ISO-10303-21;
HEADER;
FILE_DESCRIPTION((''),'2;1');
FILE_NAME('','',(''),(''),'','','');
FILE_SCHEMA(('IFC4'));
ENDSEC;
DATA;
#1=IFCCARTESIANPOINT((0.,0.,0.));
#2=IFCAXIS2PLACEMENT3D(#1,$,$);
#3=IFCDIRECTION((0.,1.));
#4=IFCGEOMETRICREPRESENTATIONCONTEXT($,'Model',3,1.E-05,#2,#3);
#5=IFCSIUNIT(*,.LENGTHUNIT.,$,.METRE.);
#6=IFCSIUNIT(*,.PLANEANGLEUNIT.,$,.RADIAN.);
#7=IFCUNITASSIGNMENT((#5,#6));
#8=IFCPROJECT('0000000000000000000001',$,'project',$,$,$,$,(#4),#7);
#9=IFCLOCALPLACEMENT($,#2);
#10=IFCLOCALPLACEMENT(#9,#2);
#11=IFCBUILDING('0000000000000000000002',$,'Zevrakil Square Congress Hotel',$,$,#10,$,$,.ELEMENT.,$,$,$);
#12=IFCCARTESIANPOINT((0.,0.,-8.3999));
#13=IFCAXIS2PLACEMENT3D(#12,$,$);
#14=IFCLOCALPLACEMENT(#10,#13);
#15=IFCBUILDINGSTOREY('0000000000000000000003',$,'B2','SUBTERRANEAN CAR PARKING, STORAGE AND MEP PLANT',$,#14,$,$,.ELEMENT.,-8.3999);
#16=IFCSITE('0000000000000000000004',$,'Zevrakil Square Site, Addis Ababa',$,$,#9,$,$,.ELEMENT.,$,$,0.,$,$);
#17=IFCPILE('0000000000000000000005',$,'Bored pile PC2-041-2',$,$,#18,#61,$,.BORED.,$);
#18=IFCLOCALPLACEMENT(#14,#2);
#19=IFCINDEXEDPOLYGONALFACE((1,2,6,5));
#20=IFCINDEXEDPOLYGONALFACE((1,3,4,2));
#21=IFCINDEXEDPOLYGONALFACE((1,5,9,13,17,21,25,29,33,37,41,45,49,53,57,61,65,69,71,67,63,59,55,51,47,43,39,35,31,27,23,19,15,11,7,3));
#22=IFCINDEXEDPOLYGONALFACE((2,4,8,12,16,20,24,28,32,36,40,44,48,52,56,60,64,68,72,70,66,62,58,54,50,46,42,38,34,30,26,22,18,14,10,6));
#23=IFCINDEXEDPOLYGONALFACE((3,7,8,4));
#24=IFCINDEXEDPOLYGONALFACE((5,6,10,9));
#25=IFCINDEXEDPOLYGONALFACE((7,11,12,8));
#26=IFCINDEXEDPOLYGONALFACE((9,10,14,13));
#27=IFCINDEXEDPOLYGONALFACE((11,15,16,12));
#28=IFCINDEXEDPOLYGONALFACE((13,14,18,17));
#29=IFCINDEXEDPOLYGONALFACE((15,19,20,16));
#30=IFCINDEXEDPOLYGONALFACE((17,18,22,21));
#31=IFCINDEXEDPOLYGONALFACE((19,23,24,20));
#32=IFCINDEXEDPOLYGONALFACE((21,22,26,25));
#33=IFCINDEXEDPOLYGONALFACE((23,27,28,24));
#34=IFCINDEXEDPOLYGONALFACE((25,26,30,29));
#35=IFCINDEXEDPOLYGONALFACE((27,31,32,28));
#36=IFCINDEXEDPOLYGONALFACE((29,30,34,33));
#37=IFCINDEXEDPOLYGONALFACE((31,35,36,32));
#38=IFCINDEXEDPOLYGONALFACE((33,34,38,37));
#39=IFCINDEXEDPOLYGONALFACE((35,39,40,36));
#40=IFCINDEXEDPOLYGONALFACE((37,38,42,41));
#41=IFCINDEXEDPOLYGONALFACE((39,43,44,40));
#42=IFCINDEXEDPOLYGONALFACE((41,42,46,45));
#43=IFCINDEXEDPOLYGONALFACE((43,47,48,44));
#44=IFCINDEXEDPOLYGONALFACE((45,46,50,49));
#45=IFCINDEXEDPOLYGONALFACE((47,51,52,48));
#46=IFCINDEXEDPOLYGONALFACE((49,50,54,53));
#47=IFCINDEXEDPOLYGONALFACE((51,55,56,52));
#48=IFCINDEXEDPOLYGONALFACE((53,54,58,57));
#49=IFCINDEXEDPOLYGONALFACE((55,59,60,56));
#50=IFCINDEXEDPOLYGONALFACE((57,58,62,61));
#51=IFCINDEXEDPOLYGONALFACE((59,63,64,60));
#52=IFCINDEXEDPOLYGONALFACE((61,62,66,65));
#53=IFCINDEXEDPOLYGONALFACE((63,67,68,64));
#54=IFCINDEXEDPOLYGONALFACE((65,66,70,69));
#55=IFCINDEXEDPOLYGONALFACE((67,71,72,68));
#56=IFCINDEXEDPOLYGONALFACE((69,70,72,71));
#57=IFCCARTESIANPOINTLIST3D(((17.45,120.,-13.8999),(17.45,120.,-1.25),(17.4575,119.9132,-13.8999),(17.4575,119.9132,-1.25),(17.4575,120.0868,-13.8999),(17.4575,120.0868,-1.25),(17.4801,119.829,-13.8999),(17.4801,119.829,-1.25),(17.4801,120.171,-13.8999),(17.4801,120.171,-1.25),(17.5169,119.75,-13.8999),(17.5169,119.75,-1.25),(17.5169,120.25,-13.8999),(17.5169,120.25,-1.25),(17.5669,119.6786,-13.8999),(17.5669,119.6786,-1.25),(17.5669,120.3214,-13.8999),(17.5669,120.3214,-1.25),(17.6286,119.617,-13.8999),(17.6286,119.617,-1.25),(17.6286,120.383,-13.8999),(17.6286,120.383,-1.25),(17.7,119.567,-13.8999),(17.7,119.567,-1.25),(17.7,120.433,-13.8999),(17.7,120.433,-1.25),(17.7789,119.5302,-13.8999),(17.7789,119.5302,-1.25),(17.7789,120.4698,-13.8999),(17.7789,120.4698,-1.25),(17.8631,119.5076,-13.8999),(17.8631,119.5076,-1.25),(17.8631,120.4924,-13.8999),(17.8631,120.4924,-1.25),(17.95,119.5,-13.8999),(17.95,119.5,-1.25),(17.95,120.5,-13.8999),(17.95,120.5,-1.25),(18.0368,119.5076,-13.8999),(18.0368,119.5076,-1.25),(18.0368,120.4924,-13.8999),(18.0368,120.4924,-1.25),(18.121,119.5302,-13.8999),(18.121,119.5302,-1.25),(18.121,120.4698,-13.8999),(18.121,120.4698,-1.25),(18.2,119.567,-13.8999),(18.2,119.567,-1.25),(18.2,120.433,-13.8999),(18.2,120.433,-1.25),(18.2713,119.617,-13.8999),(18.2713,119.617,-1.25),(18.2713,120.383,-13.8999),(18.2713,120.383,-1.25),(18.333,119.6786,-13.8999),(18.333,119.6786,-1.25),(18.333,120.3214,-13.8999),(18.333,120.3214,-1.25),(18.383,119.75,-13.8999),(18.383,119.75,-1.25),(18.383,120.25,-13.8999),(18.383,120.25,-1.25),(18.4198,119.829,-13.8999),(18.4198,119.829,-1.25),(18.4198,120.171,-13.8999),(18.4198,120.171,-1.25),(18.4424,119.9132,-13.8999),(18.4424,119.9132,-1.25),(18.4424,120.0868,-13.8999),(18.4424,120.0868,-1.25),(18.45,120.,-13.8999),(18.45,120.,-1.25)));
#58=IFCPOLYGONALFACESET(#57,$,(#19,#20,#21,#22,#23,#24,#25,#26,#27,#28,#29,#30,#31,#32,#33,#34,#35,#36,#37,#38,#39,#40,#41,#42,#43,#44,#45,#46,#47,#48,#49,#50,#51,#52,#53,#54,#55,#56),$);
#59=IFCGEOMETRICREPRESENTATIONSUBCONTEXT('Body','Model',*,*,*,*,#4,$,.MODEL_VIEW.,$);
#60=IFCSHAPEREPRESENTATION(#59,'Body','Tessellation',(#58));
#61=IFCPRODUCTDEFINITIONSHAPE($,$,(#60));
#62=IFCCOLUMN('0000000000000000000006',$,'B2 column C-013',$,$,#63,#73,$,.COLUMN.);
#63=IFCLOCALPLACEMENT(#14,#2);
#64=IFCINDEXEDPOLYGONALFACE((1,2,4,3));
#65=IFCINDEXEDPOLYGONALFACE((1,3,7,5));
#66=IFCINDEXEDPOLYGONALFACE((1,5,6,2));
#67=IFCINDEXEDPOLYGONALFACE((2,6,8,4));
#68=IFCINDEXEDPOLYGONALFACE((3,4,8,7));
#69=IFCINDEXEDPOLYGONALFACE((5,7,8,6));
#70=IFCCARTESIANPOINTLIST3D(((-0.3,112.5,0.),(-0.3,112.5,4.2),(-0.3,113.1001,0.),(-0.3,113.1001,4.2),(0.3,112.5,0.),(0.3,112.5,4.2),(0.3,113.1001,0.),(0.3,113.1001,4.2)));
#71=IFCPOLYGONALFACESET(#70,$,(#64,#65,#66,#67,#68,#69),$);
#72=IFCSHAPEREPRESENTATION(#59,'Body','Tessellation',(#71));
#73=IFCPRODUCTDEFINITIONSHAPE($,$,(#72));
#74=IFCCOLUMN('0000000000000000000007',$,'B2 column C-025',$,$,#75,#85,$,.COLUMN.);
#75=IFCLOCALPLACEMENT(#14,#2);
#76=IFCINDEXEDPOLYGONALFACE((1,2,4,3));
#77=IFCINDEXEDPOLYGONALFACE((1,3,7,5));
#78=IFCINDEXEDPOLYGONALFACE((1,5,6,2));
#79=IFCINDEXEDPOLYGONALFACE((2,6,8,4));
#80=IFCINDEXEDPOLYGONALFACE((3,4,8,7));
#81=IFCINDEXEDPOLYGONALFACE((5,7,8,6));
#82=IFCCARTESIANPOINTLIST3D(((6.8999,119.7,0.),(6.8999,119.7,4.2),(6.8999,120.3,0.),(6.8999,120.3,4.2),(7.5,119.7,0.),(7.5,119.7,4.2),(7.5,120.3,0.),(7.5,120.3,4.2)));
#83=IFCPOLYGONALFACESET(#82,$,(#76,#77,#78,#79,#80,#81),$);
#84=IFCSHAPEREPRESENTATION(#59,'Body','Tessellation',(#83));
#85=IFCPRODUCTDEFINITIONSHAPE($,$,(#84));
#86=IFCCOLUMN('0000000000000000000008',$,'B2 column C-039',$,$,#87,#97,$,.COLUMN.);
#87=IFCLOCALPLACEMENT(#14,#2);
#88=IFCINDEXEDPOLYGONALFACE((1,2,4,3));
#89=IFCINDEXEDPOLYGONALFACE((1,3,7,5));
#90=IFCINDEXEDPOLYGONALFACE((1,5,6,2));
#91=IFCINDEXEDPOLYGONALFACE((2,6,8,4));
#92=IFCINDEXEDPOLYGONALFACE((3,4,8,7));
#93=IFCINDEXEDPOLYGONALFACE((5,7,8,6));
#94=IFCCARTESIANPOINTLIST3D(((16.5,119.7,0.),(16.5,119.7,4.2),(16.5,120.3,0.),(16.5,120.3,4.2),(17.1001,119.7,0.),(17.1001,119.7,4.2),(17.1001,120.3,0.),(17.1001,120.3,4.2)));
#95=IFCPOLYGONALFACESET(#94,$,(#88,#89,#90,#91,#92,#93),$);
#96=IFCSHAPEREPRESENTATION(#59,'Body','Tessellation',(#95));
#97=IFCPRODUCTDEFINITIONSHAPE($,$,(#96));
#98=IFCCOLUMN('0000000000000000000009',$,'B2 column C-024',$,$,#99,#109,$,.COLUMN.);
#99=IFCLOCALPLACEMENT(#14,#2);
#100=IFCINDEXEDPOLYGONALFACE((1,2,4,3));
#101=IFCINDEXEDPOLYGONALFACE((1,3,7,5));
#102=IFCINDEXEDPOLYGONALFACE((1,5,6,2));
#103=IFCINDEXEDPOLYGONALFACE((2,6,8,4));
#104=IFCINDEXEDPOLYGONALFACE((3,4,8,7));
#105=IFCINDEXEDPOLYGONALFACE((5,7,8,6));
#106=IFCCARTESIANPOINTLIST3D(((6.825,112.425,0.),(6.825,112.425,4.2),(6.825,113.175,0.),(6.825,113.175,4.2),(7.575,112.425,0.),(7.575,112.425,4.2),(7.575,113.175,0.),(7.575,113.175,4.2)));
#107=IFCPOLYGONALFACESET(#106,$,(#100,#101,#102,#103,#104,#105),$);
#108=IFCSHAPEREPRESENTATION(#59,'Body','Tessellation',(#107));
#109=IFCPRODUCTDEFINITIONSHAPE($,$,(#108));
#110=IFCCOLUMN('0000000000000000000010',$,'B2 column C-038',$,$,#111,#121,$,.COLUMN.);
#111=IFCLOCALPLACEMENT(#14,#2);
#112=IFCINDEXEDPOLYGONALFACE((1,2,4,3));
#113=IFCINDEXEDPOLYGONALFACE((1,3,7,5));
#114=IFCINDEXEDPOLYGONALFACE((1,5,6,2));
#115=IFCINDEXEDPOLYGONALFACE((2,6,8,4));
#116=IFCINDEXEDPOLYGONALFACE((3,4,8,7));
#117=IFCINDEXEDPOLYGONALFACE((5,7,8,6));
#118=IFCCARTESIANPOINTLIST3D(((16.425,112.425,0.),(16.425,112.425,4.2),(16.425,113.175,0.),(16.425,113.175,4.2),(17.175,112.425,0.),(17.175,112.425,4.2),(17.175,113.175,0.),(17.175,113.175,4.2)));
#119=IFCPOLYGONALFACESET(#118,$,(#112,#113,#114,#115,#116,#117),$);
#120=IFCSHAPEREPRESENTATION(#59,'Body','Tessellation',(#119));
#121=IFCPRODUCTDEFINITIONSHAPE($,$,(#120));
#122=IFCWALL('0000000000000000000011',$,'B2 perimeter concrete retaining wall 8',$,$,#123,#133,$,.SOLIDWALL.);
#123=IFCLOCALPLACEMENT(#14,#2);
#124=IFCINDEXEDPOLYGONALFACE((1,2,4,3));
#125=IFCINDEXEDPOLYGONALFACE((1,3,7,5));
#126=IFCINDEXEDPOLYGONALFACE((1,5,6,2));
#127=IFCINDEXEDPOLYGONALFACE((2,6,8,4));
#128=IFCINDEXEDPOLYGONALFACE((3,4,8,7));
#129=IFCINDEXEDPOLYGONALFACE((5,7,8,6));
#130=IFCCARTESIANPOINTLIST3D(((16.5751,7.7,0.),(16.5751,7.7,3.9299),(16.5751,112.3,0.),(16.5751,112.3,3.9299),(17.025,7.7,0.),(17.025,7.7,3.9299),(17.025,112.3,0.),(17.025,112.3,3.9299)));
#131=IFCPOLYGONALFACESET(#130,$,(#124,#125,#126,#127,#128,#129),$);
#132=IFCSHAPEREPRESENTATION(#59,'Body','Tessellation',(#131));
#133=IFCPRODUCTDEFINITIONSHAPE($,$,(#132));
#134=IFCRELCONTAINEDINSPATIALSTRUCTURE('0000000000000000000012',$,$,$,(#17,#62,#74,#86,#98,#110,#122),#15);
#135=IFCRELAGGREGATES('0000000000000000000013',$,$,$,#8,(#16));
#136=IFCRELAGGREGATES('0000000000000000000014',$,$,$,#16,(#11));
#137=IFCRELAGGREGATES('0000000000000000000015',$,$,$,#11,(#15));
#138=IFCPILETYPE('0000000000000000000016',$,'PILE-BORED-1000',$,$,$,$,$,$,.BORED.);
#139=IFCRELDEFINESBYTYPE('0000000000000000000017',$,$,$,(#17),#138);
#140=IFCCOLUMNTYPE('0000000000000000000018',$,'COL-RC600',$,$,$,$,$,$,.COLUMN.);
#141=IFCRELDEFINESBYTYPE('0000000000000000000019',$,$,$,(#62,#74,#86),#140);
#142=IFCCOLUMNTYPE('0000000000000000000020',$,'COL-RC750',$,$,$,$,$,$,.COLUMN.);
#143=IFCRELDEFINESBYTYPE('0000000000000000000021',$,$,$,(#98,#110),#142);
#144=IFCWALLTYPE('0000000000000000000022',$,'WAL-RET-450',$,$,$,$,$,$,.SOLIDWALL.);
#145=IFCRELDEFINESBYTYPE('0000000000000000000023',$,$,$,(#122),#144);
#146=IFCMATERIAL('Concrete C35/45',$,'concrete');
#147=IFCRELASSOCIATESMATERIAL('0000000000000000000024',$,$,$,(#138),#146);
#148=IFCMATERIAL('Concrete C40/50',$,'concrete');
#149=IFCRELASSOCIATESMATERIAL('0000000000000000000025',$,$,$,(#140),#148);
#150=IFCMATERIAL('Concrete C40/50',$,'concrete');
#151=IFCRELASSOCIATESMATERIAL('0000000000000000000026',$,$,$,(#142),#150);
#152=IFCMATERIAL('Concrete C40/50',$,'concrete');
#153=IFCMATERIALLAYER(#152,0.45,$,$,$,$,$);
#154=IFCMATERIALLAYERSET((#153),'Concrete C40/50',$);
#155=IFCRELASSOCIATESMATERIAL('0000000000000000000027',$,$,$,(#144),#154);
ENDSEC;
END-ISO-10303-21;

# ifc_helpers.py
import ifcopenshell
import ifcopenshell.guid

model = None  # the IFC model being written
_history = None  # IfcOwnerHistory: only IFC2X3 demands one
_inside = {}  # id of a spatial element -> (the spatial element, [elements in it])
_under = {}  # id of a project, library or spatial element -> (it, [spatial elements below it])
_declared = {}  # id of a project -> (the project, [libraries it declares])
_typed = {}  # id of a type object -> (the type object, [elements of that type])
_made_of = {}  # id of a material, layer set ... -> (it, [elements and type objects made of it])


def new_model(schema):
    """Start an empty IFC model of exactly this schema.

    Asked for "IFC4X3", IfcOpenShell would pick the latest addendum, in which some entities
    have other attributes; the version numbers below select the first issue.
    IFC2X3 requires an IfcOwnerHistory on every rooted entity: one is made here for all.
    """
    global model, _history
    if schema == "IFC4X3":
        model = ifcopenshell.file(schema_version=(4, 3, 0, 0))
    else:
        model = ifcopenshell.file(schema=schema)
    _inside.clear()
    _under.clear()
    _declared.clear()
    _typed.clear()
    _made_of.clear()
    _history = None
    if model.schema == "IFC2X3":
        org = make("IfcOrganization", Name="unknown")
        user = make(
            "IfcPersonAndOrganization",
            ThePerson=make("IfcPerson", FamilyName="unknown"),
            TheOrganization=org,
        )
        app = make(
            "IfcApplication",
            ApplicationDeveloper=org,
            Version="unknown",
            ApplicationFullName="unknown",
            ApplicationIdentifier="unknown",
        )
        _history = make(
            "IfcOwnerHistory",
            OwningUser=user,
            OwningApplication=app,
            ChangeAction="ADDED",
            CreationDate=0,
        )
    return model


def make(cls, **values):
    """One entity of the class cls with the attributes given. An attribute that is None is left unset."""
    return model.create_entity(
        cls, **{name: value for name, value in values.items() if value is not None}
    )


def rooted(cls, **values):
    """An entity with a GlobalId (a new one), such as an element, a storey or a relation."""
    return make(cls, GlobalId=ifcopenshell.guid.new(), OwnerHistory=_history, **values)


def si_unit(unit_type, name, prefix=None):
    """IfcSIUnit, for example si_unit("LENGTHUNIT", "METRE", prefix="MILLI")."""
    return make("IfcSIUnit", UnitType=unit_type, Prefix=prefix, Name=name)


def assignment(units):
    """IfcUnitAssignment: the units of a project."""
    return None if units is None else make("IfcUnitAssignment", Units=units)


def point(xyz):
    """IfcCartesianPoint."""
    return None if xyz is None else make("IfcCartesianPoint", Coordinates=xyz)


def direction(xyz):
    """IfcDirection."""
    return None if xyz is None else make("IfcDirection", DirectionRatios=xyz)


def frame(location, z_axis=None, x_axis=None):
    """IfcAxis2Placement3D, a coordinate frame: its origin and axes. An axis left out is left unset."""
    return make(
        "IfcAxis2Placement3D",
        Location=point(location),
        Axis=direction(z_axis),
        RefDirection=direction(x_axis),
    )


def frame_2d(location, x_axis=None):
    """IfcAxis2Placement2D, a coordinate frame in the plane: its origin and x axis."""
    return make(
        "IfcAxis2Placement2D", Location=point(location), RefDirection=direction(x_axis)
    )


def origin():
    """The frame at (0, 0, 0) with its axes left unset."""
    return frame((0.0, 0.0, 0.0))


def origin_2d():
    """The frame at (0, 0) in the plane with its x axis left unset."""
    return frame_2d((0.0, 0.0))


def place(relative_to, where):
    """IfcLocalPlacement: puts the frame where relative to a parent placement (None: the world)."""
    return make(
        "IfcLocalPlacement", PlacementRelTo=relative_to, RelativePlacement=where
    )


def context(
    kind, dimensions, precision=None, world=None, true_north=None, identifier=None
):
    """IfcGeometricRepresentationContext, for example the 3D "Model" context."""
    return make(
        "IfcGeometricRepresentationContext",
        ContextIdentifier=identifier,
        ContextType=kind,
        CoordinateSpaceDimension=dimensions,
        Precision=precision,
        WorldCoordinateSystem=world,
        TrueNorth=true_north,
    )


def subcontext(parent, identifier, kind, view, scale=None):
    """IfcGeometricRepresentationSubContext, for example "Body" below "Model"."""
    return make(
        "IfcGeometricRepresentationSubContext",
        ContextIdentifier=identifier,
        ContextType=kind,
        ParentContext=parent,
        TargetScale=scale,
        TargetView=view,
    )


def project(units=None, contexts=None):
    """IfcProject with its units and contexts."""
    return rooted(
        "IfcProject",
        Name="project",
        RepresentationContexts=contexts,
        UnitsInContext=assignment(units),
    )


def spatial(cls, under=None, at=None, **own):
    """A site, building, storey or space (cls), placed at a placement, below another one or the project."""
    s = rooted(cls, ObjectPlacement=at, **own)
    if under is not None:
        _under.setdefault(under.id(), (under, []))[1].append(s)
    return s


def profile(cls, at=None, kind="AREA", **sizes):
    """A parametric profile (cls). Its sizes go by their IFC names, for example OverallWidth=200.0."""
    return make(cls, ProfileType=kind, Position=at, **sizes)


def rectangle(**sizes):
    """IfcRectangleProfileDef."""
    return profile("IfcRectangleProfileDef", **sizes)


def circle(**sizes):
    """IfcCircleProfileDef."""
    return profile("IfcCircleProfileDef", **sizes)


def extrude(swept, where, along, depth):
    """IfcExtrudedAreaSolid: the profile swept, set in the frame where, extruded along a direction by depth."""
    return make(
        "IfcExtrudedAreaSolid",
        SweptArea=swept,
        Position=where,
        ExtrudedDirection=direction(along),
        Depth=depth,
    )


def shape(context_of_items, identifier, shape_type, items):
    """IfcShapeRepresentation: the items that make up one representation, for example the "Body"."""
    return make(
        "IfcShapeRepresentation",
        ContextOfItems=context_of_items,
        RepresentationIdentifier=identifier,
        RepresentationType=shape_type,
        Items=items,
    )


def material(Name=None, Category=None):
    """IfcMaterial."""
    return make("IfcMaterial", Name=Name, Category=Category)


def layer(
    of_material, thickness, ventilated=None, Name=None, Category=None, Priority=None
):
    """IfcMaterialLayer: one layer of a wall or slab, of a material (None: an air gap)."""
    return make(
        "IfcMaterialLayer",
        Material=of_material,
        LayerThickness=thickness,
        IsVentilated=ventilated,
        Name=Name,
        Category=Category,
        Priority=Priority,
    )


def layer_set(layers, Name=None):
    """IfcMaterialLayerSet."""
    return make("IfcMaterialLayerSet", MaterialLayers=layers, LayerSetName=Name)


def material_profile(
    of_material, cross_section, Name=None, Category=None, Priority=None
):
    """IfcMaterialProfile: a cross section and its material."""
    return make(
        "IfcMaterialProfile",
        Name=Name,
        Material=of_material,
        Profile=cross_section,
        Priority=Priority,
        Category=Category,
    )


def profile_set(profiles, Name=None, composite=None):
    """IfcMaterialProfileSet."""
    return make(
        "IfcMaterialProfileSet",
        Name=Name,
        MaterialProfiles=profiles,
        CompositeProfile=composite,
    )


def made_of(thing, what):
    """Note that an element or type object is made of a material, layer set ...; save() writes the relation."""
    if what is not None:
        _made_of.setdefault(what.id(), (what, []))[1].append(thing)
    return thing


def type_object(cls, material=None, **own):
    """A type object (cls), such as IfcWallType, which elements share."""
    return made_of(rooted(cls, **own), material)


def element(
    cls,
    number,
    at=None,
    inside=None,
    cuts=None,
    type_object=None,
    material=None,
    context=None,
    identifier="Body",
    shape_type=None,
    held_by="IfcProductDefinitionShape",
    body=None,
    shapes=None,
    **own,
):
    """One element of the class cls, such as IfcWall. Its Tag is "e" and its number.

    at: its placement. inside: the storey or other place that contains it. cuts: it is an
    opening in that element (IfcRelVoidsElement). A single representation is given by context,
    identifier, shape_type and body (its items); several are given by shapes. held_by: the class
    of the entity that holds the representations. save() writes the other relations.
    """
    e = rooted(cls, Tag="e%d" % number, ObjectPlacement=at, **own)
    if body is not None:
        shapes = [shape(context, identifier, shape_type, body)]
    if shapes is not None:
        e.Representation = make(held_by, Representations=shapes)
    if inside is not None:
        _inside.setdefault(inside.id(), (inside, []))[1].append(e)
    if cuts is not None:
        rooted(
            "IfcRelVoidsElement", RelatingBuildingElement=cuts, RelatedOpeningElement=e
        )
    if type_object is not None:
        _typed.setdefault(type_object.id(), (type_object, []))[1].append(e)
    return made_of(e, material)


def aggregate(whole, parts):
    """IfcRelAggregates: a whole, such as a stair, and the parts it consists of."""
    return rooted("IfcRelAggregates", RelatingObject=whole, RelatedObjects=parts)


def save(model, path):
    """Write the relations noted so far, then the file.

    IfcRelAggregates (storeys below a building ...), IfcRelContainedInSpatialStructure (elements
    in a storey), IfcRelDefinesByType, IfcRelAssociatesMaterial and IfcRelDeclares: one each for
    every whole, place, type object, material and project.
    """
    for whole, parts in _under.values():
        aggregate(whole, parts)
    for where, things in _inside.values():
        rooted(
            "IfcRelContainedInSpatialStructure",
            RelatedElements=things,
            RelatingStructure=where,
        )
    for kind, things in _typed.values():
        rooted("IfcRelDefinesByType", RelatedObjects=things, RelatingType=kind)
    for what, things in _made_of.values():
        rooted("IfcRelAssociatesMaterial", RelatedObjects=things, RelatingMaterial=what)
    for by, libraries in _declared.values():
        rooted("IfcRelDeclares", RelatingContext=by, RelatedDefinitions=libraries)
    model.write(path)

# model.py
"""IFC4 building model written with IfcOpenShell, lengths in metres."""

from ifc_helpers import new_model, si_unit, direction, frame, frame_2d, origin, origin_2d, place, context, subcontext, project, spatial, rectangle, circle, extrude, material, layer, layer_set, material_profile, profile_set, type_object, element, save


model = new_model("IFC4")

# Units and contexts
model_context = context("Model", 3, precision=1e-05, world=origin(), true_north=direction((0.0, 1.0)))
body_context = subcontext(model_context, "Body", "Model", "MODEL_VIEW")
ifc_project = project(units=[si_unit("LENGTHUNIT", "METRE"), si_unit("PLANEANGLEUNIT", "RADIAN")], contexts=[model_context])

# Site, building, storey
site_placement = place(None, origin())
site = spatial("IfcSite", under=ifc_project, at=site_placement, Name="Zevrakil Square Site, Addis Ababa", CompositionType="ELEMENT", RefElevation=0.0)
building_placement = place(site_placement, origin())
building = spatial("IfcBuilding", under=site, at=building_placement, Name="Zevrakil Square Congress Hotel", CompositionType="ELEMENT")
storey_placement = place(building_placement, frame((0.0, 0.0, -8.3999)))
storey = spatial("IfcBuildingStorey", under=building, at=storey_placement, Name="B2", Description="SUBTERRANEAN CAR PARKING, STORAGE AND MEP PLANT", CompositionType="ELEMENT", Elevation=-8.3999)

# Pile
ifc_material_1 = material(Name="Concrete C35/45", Category="concrete")
ifc_material_profile_1 = material_profile(ifc_material_1, circle(Radius=0.5, at=origin_2d()), Name="PILE D1000")
ifc_profile_set_1 = profile_set([ifc_material_profile_1], Name="Concrete C35/45")
pile_type = type_object("IfcPileType", Name="PILE-BORED-1000", PredefinedType="BORED", material=ifc_profile_set_1)
for number, where, z_axis, x_axis, name in (
    (1, (17.95, 120.0, -1.25), (0.0, 0.0, -1.0), (1.0, 0.0, 0.0), "Bored pile PC2-041-2"),
):
    element("IfcPile", number, at=place(storey_placement, frame(where, z_axis=z_axis, x_axis=x_axis)), inside=storey, type_object=pile_type, Name=name, PredefinedType="BORED", context=body_context, shape_type="SweptSolid", body=[
        extrude(circle(Radius=0.5, at=origin_2d()), origin(), (0.0, 0.0, 1.0), 12.6499),
    ])

# Columns
ifc_material_2 = material(Name="Concrete C40/50", Category="concrete")
ifc_material_profile_2 = material_profile(ifc_material_2, rectangle(XDim=0.6001, YDim=0.6001, at=origin_2d()), Name="RC 600x600")
ifc_profile_set_2 = profile_set([ifc_material_profile_2], Name="Concrete C40/50")
column_type_1 = type_object("IfcColumnType", Name="COL-RC600", PredefinedType="COLUMN", material=ifc_profile_set_2)
for number, where, z_axis, x_axis, name in (
    (2, (0.0, 112.8, 0.0), (0.0, 0.0, 1.0), (1.0, 0.0, 0.0), "B2 column C-013"),
    (3, (7.2, 120.0, 0.0), (0.0, 0.0, 1.0), (1.0, 0.0, 0.0), "B2 column C-025"),
    (4, (16.8, 120.0, 0.0), (0.0, 0.0, 1.0), (1.0, 0.0, 0.0), "B2 column C-039"),
):
    element("IfcColumn", number, at=place(storey_placement, frame(where, z_axis=z_axis, x_axis=x_axis)), inside=storey, type_object=column_type_1, Name=name, PredefinedType="COLUMN", context=body_context, shape_type="SweptSolid", body=[
        extrude(rectangle(XDim=0.6001, YDim=0.6001, at=origin_2d()), origin(), (0.0, 0.0, 1.0), 4.2),
    ])
ifc_material_3 = material(Name="Concrete C40/50", Category="concrete")
ifc_material_profile_3 = material_profile(ifc_material_3, rectangle(XDim=0.75, YDim=0.75, at=origin_2d()), Name="RC 750x750")
ifc_profile_set_3 = profile_set([ifc_material_profile_3], Name="Concrete C40/50")
column_type_2 = type_object("IfcColumnType", Name="COL-RC750", PredefinedType="COLUMN", material=ifc_profile_set_3)
for number, where, z_axis, x_axis, name in (
    (5, (7.2, 112.8, 0.0), (0.0, 0.0, 1.0), (1.0, 0.0, 0.0), "B2 column C-024"),
    (6, (16.8, 112.8, 0.0), (0.0, 0.0, 1.0), (1.0, 0.0, 0.0), "B2 column C-038"),
):
    element("IfcColumn", number, at=place(storey_placement, frame(where, z_axis=z_axis, x_axis=x_axis)), inside=storey, type_object=column_type_2, Name=name, PredefinedType="COLUMN", context=body_context, shape_type="SweptSolid", body=[
        extrude(rectangle(XDim=0.75, YDim=0.75, at=origin_2d()), origin(), (0.0, 0.0, 1.0), 4.2),
    ])

# Wall
ifc_material_4 = material(Name="Concrete C40/50", Category="concrete")
ifc_layer = layer(ifc_material_4, 0.45)
ifc_layer_set = layer_set([ifc_layer], Name="Concrete C40/50")
wall_type = type_object("IfcWallType", Name="WAL-RET-450", PredefinedType="SOLIDWALL", material=ifc_layer_set)
wall_placement = place(storey_placement, frame((16.8, 112.3, 0.0), z_axis=(0.0, 0.0, 1.0), x_axis=(0.0, -1.0, 0.0)))
element("IfcWall", 7, at=wall_placement, inside=storey, type_object=wall_type, Name="B2 perimeter concrete retaining wall 8", PredefinedType="SOLIDWALL", context=body_context, shape_type="SweptSolid", body=[
    extrude(rectangle(XDim=104.6001, YDim=0.45, at=frame_2d((52.3, 0.0))), origin(), (0.0, 0.0, 1.0), 3.9299),
])

save(model, "model.ifc")
